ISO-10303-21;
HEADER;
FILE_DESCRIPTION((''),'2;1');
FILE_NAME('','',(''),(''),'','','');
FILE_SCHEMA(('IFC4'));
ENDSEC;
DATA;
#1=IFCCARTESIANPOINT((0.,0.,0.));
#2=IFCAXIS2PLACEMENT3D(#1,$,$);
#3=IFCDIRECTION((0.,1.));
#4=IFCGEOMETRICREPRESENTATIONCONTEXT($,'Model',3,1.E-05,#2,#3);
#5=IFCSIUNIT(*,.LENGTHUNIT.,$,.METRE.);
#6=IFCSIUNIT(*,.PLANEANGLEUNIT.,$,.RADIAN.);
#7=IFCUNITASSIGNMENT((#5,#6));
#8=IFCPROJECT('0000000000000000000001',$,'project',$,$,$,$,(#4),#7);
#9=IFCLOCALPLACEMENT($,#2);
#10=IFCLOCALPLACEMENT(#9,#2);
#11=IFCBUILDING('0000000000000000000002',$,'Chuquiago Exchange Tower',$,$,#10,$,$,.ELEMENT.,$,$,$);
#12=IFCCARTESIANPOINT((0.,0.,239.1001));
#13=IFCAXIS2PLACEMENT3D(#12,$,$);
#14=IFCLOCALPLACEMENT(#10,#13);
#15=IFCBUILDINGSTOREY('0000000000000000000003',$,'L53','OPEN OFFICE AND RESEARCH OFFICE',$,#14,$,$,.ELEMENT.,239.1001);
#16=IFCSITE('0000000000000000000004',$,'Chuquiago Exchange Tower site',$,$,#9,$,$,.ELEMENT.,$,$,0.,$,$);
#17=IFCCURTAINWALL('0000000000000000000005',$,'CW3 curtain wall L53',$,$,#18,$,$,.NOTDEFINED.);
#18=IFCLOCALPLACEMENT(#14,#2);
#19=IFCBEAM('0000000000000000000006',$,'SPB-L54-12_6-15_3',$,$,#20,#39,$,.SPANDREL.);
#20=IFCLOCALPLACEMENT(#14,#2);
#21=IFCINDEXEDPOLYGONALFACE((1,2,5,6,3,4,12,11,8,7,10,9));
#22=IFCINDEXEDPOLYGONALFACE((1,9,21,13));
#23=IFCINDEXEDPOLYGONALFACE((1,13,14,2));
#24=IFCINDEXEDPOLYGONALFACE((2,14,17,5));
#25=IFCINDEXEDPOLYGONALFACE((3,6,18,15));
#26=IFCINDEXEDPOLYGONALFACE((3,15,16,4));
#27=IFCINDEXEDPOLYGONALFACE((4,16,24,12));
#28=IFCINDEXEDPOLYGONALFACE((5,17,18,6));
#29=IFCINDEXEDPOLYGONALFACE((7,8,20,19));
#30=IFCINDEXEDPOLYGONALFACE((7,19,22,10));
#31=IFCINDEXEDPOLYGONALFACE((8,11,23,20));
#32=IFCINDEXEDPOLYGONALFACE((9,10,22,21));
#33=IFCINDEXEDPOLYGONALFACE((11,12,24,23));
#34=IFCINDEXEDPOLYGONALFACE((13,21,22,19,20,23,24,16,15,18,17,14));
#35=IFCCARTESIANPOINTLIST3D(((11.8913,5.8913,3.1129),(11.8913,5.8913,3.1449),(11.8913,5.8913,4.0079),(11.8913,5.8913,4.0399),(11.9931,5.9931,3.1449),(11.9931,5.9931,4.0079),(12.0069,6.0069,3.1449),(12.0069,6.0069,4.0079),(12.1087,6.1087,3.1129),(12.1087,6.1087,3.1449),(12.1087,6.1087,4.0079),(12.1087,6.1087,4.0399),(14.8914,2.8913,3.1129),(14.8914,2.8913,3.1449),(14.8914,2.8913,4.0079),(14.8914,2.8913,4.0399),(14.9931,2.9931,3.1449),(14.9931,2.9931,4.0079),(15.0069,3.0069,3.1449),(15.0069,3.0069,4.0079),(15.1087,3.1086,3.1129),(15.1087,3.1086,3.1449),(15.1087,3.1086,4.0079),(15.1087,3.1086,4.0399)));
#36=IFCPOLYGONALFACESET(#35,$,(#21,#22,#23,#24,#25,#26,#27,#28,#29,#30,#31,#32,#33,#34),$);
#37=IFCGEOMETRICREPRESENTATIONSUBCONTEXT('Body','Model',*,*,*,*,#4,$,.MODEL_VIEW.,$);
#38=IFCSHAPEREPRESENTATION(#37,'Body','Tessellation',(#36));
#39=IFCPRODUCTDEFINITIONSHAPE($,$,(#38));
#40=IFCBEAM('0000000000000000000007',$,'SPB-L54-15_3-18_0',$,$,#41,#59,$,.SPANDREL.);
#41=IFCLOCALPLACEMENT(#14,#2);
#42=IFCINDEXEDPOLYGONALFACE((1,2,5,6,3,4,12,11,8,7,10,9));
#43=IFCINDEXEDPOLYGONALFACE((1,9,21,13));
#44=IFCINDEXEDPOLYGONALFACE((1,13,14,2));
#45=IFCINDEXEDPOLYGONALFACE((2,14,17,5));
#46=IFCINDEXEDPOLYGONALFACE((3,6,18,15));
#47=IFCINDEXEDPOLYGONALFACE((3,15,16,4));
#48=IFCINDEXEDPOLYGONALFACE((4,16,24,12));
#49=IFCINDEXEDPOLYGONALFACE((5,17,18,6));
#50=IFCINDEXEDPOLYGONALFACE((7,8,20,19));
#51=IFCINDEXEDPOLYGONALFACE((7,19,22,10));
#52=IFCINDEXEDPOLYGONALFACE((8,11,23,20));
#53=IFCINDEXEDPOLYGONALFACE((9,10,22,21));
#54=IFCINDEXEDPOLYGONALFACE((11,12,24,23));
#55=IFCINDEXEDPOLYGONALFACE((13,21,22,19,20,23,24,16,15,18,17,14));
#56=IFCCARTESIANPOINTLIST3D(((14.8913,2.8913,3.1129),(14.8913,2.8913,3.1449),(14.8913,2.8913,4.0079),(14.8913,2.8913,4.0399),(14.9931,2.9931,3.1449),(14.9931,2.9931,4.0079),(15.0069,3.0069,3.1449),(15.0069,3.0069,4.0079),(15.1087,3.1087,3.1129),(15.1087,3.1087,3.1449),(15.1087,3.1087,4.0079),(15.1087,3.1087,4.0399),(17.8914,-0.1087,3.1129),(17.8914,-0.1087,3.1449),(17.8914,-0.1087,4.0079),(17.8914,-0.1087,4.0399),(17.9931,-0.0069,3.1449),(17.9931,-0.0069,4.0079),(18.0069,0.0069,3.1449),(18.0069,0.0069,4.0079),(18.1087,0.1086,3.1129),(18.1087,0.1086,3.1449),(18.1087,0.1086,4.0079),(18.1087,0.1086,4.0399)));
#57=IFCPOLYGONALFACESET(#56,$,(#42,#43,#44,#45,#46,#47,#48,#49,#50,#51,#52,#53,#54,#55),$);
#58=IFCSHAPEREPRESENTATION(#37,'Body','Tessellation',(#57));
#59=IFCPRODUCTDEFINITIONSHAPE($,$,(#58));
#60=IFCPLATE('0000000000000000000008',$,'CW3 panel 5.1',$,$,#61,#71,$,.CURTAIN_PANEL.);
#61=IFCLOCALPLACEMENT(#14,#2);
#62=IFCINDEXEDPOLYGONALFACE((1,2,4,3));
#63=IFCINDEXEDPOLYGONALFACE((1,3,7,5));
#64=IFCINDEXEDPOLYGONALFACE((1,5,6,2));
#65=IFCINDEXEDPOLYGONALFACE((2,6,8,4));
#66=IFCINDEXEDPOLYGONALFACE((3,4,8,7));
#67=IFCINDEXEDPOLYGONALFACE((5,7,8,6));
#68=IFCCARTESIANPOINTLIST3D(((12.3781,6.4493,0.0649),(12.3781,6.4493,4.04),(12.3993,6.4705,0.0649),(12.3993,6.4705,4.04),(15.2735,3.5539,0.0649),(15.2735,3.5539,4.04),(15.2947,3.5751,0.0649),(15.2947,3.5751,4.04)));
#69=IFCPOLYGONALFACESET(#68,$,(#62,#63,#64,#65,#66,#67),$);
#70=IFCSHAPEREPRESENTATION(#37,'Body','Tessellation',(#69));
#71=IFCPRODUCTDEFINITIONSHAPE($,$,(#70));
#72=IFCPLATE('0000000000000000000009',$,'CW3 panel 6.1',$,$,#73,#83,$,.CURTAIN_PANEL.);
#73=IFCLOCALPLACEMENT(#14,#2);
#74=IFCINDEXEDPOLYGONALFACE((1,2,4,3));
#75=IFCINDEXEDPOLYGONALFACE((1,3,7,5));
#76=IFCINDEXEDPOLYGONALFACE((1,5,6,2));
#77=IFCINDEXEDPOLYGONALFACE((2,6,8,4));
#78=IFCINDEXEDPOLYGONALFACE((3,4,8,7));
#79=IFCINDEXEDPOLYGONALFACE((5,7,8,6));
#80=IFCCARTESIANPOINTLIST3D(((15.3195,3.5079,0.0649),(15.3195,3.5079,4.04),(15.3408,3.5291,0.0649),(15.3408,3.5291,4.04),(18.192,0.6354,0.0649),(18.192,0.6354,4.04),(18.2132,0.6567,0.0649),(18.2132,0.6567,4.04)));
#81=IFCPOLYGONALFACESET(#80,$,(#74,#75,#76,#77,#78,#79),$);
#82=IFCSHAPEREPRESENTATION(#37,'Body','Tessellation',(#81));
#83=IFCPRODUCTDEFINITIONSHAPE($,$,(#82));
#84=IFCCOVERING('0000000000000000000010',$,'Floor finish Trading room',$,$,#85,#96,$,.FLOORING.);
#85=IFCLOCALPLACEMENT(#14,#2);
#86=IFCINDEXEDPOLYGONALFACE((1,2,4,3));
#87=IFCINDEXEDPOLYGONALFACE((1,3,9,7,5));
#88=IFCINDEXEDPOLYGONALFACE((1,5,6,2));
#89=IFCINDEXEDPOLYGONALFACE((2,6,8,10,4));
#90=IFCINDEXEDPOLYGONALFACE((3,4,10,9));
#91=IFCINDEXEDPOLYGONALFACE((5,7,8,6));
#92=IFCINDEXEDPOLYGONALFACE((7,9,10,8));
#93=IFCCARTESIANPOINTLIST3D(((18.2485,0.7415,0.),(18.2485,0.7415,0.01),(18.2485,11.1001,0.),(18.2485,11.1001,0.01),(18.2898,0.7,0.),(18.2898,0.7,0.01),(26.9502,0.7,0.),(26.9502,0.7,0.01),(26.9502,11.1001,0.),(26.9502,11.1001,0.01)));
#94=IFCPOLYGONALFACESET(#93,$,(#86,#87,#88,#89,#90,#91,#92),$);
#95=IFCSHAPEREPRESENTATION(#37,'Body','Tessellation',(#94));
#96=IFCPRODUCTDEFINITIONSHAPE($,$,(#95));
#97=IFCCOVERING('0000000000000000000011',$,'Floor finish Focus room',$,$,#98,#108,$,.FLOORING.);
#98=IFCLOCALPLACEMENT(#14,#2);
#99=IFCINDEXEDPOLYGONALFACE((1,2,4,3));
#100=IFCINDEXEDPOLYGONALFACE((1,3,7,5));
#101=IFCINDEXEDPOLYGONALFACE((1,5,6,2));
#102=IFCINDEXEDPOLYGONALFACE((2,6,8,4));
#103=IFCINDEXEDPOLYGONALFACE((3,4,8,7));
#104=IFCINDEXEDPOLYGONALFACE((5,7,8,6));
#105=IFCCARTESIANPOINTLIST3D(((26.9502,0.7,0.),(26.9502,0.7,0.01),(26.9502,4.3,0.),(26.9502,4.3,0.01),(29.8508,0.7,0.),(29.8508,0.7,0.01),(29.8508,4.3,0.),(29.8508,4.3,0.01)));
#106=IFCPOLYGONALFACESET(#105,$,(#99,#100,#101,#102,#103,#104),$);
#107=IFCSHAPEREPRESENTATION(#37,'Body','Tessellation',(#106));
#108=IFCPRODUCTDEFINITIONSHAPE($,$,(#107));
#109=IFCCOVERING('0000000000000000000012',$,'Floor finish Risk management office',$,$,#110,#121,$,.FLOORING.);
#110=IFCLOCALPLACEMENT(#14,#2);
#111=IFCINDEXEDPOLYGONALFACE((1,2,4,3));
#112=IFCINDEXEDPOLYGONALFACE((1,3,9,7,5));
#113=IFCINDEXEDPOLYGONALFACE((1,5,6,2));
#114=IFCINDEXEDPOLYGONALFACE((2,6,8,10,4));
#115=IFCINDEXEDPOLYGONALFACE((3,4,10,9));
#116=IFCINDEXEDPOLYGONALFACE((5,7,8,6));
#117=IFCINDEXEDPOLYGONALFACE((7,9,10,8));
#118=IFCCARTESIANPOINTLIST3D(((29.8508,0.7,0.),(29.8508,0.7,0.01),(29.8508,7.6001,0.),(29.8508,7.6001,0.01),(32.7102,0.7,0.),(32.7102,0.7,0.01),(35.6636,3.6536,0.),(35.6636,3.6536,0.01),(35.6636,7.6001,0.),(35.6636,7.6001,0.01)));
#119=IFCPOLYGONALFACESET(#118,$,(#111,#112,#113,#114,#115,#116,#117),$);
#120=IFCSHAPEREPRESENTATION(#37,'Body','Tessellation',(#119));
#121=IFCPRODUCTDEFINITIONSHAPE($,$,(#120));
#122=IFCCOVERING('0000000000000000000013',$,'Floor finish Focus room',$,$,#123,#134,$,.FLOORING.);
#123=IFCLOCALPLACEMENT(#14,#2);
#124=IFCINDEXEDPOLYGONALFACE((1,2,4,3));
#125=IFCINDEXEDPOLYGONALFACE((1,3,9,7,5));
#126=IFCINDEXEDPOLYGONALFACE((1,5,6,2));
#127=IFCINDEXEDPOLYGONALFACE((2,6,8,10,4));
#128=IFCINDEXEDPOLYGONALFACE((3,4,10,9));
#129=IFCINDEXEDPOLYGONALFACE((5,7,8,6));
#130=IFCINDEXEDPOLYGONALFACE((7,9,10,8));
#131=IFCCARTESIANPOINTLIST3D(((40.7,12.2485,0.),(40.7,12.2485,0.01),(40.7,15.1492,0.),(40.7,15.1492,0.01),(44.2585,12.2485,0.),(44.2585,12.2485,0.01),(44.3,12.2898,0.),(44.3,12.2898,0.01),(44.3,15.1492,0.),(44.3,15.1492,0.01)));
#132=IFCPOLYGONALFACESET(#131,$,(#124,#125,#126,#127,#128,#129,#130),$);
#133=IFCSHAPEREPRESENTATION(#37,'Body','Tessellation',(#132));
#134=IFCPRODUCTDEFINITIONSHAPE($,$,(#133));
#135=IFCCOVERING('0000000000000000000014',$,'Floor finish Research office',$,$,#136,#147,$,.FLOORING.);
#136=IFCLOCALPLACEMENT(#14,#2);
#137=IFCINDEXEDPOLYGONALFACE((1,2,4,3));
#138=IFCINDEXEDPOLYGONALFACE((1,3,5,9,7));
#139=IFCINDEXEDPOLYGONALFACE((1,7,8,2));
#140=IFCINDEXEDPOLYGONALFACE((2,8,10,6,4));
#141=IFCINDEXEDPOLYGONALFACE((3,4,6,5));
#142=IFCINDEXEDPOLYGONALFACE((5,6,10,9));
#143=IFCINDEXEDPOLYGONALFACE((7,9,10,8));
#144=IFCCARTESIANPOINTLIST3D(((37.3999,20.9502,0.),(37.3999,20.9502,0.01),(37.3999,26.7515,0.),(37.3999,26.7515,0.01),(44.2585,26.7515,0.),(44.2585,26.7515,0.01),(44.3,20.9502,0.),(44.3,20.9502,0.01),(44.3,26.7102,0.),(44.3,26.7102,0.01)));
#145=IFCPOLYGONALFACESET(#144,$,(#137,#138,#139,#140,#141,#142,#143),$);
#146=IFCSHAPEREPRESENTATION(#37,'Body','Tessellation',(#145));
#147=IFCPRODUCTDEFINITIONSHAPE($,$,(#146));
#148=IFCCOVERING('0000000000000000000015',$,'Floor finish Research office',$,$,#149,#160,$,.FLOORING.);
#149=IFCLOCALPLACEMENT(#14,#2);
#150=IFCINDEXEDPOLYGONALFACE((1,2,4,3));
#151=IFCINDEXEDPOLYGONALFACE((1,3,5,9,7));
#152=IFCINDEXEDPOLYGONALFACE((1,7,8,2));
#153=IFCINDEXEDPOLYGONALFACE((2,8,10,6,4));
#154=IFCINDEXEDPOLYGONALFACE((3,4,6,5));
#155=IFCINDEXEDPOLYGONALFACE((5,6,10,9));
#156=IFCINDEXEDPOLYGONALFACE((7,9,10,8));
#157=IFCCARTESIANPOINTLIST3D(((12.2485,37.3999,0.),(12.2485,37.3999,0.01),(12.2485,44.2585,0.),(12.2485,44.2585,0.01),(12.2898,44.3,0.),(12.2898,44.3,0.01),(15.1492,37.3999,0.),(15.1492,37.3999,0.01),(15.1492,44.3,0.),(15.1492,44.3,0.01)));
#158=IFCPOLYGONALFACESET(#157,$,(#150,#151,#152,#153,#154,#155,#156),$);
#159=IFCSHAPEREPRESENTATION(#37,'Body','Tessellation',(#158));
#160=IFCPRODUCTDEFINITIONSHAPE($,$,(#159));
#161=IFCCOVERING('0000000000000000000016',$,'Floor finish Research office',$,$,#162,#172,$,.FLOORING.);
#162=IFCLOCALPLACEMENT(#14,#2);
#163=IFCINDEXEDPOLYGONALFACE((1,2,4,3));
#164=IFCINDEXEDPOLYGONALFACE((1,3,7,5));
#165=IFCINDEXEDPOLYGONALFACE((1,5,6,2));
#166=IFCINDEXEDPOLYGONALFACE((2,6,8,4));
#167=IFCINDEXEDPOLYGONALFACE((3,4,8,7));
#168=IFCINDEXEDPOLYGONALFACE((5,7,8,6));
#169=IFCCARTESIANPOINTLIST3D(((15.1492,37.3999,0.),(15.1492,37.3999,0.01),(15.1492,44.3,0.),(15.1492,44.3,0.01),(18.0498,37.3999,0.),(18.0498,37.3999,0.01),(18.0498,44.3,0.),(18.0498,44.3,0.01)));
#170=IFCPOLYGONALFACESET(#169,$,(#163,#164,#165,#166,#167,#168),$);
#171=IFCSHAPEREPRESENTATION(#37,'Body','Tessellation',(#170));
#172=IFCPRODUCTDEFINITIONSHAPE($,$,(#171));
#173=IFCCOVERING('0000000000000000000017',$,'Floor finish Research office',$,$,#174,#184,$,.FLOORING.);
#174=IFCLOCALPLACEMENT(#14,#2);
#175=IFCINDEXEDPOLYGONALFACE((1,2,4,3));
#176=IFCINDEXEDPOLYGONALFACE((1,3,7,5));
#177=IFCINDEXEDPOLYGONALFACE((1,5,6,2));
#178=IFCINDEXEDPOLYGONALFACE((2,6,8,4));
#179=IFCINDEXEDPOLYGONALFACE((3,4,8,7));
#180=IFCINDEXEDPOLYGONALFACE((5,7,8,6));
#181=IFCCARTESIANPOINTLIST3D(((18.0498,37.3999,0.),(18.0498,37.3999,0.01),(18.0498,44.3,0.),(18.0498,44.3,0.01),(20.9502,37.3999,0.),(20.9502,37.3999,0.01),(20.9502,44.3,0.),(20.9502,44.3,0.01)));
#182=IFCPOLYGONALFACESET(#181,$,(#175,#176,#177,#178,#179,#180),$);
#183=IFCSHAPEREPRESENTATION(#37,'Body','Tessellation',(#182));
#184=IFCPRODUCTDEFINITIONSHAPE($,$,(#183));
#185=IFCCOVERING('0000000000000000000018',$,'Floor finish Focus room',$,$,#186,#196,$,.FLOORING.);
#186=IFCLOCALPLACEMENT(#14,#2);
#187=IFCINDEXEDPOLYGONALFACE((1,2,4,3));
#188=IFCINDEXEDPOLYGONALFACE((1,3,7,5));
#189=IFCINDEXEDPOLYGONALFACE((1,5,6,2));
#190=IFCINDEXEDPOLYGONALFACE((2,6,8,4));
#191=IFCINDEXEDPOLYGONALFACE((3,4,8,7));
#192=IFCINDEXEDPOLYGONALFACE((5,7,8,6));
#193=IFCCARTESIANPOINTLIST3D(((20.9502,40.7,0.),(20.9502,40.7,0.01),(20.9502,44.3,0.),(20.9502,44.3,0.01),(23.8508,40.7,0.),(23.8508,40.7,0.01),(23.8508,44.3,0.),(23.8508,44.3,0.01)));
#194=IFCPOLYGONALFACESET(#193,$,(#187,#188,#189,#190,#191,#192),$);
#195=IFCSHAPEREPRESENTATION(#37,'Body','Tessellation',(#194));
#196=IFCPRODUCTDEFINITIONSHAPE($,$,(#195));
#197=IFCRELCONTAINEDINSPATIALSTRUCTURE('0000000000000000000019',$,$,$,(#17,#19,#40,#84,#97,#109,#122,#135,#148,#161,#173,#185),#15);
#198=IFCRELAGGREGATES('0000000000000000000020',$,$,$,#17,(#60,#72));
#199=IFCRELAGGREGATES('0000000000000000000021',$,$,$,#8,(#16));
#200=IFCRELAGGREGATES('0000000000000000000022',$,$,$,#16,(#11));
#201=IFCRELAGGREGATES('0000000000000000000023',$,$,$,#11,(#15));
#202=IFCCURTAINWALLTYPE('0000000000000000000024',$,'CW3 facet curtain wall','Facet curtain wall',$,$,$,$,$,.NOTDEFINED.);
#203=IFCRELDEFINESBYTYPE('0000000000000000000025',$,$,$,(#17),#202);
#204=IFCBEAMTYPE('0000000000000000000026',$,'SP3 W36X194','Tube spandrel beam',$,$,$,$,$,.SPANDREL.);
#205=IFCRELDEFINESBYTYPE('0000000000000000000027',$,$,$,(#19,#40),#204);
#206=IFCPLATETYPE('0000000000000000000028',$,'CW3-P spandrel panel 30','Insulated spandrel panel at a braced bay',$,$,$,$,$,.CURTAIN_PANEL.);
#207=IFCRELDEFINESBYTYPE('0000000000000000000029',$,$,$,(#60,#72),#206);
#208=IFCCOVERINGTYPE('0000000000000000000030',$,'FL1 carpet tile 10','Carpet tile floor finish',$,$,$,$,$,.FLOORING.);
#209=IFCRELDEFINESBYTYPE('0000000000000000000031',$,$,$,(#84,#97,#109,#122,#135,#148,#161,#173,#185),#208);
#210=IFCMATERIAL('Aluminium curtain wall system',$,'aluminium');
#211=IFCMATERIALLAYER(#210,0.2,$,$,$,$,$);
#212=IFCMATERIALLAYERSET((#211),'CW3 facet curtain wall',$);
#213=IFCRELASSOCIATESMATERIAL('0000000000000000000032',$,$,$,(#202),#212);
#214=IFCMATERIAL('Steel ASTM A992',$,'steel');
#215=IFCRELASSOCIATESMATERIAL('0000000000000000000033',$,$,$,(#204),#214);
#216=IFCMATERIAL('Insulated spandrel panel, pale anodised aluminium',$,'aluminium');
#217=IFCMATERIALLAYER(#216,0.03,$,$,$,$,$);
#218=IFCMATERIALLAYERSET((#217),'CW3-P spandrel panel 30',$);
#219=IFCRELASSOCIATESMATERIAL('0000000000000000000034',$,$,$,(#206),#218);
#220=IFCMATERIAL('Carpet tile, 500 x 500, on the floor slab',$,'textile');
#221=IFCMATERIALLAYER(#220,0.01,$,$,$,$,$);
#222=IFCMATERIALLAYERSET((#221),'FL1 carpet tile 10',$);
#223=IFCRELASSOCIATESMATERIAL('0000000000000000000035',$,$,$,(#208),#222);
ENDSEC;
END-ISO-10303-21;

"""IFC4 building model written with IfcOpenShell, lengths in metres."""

from ifc_helpers import new_model, si_unit, direction, frame, origin, origin_2d, place, context, subcontext, project, spatial, polyline, rectangle, i_section, outline, extrude, material, layer, layer_set, material_profile, profile_set, type_object, element, aggregate, save


model = new_model("IFC4")

# Units and contexts
model_context = context("Model", 3, precision=1e-05, world=origin(), true_north=direction((0.0, 1.0)))
body_context = subcontext(model_context, "Body", "Model", "MODEL_VIEW")
ifc_project = project(units=[si_unit("LENGTHUNIT", "METRE"), si_unit("PLANEANGLEUNIT", "RADIAN")], contexts=[model_context])

# Site, building, storey
site_placement = place(None, origin())
site = spatial("IfcSite", under=ifc_project, at=site_placement, Name="Chuquiago Exchange Tower site", CompositionType="ELEMENT", RefElevation=0.0)
building_placement = place(site_placement, origin())
building = spatial("IfcBuilding", under=site, at=building_placement, Name="Chuquiago Exchange Tower", CompositionType="ELEMENT")
storey_placement = place(building_placement, frame((0.0, 0.0, 239.1001)))
storey = spatial("IfcBuildingStorey", under=building, at=storey_placement, Name="L53", Description="OPEN OFFICE AND RESEARCH OFFICE", CompositionType="ELEMENT", Elevation=239.1001)

# Curtain wall
ifc_material_1 = material(Name="Aluminium curtain wall system", Category="aluminium")
ifc_layer_1 = layer(ifc_material_1, 0.2)
ifc_layer_set_1 = layer_set([ifc_layer_1], Name="CW3 facet curtain wall")
curtain_wall_type = type_object("IfcCurtainWallType", Name="CW3 facet curtain wall", Description="Facet curtain wall", PredefinedType="NOTDEFINED", material=ifc_layer_set_1)
curtain_wall_placement = place(storey_placement, origin())
curtain_wall = element("IfcCurtainWall", 1, at=curtain_wall_placement, inside=storey, type_object=curtain_wall_type, Name="CW3 curtain wall L53", PredefinedType="NOTDEFINED")

# Beams
ifc_material_2 = material(Name="Steel ASTM A992", Category="steel")
ifc_material_profile_1 = material_profile(ifc_material_2, i_section(OverallWidth=0.3074, OverallDepth=0.927, WebThickness=0.0195, FlangeThickness=0.032, at=origin_2d()), Name="W36X194")
ifc_profile_set_1 = profile_set([ifc_material_profile_1], Name="Steel ASTM A992")
beam_type = type_object("IfcBeamType", Name="SP3 W36X194", Description="Tube spandrel beam", PredefinedType="SPANDREL", material=ifc_profile_set_1)
for number, where, z_axis, x_axis, name in (
    (2, (12.0, 6.0, 3.5764), (0.707107, -0.707107, 0.0), (0.707107, 0.707107, 0.0), "SPB-L54-12_6-15_3"),
    (3, (15.0, 3.0, 3.5764), (0.707107, -0.707107, 0.0), (0.707107, 0.707107, 0.0), "SPB-L54-15_3-18_0"),
):
    element("IfcBeam", number, at=place(storey_placement, frame(where, z_axis=z_axis, x_axis=x_axis)), inside=storey, type_object=beam_type, Name=name, PredefinedType="SPANDREL", context=body_context, shape_type="SweptSolid", body=[
        extrude(i_section(OverallWidth=0.3074, OverallDepth=0.927, WebThickness=0.0195, FlangeThickness=0.032, at=origin_2d()), origin(), (0.0, 0.0, 1.0), 4.2427),
    ])

# Plates
ifc_material_3 = material(Name="Insulated spandrel panel, pale anodised aluminium", Category="aluminium")
ifc_layer_2 = layer(ifc_material_3, 0.03)
ifc_layer_set_2 = layer_set([ifc_layer_2], Name="CW3-P spandrel panel 30")
plate_type = type_object("IfcPlateType", Name="CW3-P spandrel panel 30", Description="Insulated spandrel panel at a braced bay", PredefinedType="CURTAIN_PANEL", material=ifc_layer_set_2)
plate_1_placement = place(storey_placement, frame((13.8364, 5.0122, 0.0649), z_axis=(0.0, 0.0, 1.0), x_axis=(0.707107, -0.707107, 0.0)))
plate_1 = element("IfcPlate", 4, at=plate_1_placement, type_object=plate_type, Name="CW3 panel 5.1", PredefinedType="CURTAIN_PANEL", context=body_context, shape_type="SweptSolid", body=[
    extrude(rectangle(XDim=4.0947, YDim=0.03, at=origin_2d()), origin(), (0.0, 0.0, 1.0), 3.9751),
])
plate_2_placement = place(storey_placement, frame((16.7664, 2.0823, 0.0649), z_axis=(0.0, 0.0, 1.0), x_axis=(0.707107, -0.707107, 0.0)))
plate_2 = element("IfcPlate", 5, at=plate_2_placement, type_object=plate_type, Name="CW3 panel 6.1", PredefinedType="CURTAIN_PANEL", context=body_context, shape_type="SweptSolid", body=[
    extrude(rectangle(XDim=4.0623, YDim=0.03, at=origin_2d()), origin(), (0.0, 0.0, 1.0), 3.9751),
])
aggregate(curtain_wall, [plate_1, plate_2])

# Coverings
ifc_material_4 = material(Name="Carpet tile, 500 x 500, on the floor slab", Category="textile")
ifc_layer_3 = layer(ifc_material_4, 0.01)
ifc_layer_set_3 = layer_set([ifc_layer_3], Name="FL1 carpet tile 10")
covering_type_1 = type_object("IfcCoveringType", Name="FL1 carpet tile 10", Description="Carpet tile floor finish", PredefinedType="FLOORING", material=ifc_layer_set_3)
covering_1_placement = place(storey_placement, origin())
element("IfcCovering", 6, at=covering_1_placement, inside=storey, type_object=covering_type_1, Name="Floor finish Trading room", PredefinedType="FLOORING", context=body_context, shape_type="SweptSolid", body=[
    extrude(outline(polyline([(18.2898, 0.7), (18.2485, 0.7415), (18.2485, 11.1001), (26.9502, 11.1001), (26.9502, 0.7), (18.2898, 0.7)])), origin(), (0.0, 0.0, 1.0), 0.01),
])
covering_2_placement = place(storey_placement, origin())
element("IfcCovering", 7, at=covering_2_placement, inside=storey, type_object=covering_type_1, Name="Floor finish Focus room", PredefinedType="FLOORING", context=body_context, shape_type="SweptSolid", body=[
    extrude(outline(polyline([(26.9502, 0.7), (26.9502, 4.3), (29.8508, 4.3), (29.8508, 0.7), (26.9502, 0.7)])), origin(), (0.0, 0.0, 1.0), 0.01),
])
covering_3_placement = place(storey_placement, origin())
element("IfcCovering", 8, at=covering_3_placement, inside=storey, type_object=covering_type_1, Name="Floor finish Risk management office", PredefinedType="FLOORING", context=body_context, shape_type="SweptSolid", body=[
    extrude(outline(polyline([(32.7102, 0.7), (29.8508, 0.7), (29.8508, 7.6001), (35.6636, 7.6001), (35.6636, 3.6536), (32.7102, 0.7)])), origin(), (0.0, 0.0, 1.0), 0.01),
])
covering_4_placement = place(storey_placement, origin())
element("IfcCovering", 9, at=covering_4_placement, inside=storey, type_object=covering_type_1, Name="Floor finish Focus room", PredefinedType="FLOORING", context=body_context, shape_type="SweptSolid", body=[
    extrude(outline(polyline([(44.3, 12.2898), (44.2585, 12.2485), (40.7, 12.2485), (40.7, 15.1492), (44.3, 15.1492), (44.3, 12.2898)])), origin(), (0.0, 0.0, 1.0), 0.01),
])
covering_5_placement = place(storey_placement, origin())
element("IfcCovering", 10, at=covering_5_placement, inside=storey, type_object=covering_type_1, Name="Floor finish Research office", PredefinedType="FLOORING", context=body_context, shape_type="SweptSolid", body=[
    extrude(outline(polyline([(44.3, 26.7102), (44.3, 20.9502), (37.3999, 20.9502), (37.3999, 26.7515), (44.2585, 26.7515), (44.3, 26.7102)])), origin(), (0.0, 0.0, 1.0), 0.01),
])
covering_6_placement = place(storey_placement, origin())
element("IfcCovering", 11, at=covering_6_placement, inside=storey, type_object=covering_type_1, Name="Floor finish Research office", PredefinedType="FLOORING", context=body_context, shape_type="SweptSolid", body=[
    extrude(outline(polyline([(12.2898, 44.3), (15.1492, 44.3), (15.1492, 37.3999), (12.2485, 37.3999), (12.2485, 44.2585), (12.2898, 44.3)])), origin(), (0.0, 0.0, 1.0), 0.01),
])
covering_7_placement = place(storey_placement, origin())
element("IfcCovering", 12, at=covering_7_placement, inside=storey, type_object=covering_type_1, Name="Floor finish Research office", PredefinedType="FLOORING", context=body_context, shape_type="SweptSolid", body=[
    extrude(outline(polyline([(18.0498, 44.3), (18.0498, 37.3999), (15.1492, 37.3999), (15.1492, 44.3), (18.0498, 44.3)])), origin(), (0.0, 0.0, 1.0), 0.01),
])
covering_8_placement = place(storey_placement, origin())
element("IfcCovering", 13, at=covering_8_placement, inside=storey, type_object=covering_type_1, Name="Floor finish Research office", PredefinedType="FLOORING", context=body_context, shape_type="SweptSolid", body=[
    extrude(outline(polyline([(20.9502, 44.3), (20.9502, 37.3999), (18.0498, 37.3999), (18.0498, 44.3), (20.9502, 44.3)])), origin(), (0.0, 0.0, 1.0), 0.01),
])
covering_9_placement = place(storey_placement, origin())
element("IfcCovering", 14, at=covering_9_placement, inside=storey, type_object=covering_type_1, Name="Floor finish Focus room", PredefinedType="FLOORING", context=body_context, shape_type="SweptSolid", body=[
    extrude(outline(polyline([(23.8508, 44.3), (23.8508, 40.7), (20.9502, 40.7), (20.9502, 44.3), (23.8508, 44.3)])), origin(), (0.0, 0.0, 1.0), 0.01),
])

save(model, "model.ifc")
